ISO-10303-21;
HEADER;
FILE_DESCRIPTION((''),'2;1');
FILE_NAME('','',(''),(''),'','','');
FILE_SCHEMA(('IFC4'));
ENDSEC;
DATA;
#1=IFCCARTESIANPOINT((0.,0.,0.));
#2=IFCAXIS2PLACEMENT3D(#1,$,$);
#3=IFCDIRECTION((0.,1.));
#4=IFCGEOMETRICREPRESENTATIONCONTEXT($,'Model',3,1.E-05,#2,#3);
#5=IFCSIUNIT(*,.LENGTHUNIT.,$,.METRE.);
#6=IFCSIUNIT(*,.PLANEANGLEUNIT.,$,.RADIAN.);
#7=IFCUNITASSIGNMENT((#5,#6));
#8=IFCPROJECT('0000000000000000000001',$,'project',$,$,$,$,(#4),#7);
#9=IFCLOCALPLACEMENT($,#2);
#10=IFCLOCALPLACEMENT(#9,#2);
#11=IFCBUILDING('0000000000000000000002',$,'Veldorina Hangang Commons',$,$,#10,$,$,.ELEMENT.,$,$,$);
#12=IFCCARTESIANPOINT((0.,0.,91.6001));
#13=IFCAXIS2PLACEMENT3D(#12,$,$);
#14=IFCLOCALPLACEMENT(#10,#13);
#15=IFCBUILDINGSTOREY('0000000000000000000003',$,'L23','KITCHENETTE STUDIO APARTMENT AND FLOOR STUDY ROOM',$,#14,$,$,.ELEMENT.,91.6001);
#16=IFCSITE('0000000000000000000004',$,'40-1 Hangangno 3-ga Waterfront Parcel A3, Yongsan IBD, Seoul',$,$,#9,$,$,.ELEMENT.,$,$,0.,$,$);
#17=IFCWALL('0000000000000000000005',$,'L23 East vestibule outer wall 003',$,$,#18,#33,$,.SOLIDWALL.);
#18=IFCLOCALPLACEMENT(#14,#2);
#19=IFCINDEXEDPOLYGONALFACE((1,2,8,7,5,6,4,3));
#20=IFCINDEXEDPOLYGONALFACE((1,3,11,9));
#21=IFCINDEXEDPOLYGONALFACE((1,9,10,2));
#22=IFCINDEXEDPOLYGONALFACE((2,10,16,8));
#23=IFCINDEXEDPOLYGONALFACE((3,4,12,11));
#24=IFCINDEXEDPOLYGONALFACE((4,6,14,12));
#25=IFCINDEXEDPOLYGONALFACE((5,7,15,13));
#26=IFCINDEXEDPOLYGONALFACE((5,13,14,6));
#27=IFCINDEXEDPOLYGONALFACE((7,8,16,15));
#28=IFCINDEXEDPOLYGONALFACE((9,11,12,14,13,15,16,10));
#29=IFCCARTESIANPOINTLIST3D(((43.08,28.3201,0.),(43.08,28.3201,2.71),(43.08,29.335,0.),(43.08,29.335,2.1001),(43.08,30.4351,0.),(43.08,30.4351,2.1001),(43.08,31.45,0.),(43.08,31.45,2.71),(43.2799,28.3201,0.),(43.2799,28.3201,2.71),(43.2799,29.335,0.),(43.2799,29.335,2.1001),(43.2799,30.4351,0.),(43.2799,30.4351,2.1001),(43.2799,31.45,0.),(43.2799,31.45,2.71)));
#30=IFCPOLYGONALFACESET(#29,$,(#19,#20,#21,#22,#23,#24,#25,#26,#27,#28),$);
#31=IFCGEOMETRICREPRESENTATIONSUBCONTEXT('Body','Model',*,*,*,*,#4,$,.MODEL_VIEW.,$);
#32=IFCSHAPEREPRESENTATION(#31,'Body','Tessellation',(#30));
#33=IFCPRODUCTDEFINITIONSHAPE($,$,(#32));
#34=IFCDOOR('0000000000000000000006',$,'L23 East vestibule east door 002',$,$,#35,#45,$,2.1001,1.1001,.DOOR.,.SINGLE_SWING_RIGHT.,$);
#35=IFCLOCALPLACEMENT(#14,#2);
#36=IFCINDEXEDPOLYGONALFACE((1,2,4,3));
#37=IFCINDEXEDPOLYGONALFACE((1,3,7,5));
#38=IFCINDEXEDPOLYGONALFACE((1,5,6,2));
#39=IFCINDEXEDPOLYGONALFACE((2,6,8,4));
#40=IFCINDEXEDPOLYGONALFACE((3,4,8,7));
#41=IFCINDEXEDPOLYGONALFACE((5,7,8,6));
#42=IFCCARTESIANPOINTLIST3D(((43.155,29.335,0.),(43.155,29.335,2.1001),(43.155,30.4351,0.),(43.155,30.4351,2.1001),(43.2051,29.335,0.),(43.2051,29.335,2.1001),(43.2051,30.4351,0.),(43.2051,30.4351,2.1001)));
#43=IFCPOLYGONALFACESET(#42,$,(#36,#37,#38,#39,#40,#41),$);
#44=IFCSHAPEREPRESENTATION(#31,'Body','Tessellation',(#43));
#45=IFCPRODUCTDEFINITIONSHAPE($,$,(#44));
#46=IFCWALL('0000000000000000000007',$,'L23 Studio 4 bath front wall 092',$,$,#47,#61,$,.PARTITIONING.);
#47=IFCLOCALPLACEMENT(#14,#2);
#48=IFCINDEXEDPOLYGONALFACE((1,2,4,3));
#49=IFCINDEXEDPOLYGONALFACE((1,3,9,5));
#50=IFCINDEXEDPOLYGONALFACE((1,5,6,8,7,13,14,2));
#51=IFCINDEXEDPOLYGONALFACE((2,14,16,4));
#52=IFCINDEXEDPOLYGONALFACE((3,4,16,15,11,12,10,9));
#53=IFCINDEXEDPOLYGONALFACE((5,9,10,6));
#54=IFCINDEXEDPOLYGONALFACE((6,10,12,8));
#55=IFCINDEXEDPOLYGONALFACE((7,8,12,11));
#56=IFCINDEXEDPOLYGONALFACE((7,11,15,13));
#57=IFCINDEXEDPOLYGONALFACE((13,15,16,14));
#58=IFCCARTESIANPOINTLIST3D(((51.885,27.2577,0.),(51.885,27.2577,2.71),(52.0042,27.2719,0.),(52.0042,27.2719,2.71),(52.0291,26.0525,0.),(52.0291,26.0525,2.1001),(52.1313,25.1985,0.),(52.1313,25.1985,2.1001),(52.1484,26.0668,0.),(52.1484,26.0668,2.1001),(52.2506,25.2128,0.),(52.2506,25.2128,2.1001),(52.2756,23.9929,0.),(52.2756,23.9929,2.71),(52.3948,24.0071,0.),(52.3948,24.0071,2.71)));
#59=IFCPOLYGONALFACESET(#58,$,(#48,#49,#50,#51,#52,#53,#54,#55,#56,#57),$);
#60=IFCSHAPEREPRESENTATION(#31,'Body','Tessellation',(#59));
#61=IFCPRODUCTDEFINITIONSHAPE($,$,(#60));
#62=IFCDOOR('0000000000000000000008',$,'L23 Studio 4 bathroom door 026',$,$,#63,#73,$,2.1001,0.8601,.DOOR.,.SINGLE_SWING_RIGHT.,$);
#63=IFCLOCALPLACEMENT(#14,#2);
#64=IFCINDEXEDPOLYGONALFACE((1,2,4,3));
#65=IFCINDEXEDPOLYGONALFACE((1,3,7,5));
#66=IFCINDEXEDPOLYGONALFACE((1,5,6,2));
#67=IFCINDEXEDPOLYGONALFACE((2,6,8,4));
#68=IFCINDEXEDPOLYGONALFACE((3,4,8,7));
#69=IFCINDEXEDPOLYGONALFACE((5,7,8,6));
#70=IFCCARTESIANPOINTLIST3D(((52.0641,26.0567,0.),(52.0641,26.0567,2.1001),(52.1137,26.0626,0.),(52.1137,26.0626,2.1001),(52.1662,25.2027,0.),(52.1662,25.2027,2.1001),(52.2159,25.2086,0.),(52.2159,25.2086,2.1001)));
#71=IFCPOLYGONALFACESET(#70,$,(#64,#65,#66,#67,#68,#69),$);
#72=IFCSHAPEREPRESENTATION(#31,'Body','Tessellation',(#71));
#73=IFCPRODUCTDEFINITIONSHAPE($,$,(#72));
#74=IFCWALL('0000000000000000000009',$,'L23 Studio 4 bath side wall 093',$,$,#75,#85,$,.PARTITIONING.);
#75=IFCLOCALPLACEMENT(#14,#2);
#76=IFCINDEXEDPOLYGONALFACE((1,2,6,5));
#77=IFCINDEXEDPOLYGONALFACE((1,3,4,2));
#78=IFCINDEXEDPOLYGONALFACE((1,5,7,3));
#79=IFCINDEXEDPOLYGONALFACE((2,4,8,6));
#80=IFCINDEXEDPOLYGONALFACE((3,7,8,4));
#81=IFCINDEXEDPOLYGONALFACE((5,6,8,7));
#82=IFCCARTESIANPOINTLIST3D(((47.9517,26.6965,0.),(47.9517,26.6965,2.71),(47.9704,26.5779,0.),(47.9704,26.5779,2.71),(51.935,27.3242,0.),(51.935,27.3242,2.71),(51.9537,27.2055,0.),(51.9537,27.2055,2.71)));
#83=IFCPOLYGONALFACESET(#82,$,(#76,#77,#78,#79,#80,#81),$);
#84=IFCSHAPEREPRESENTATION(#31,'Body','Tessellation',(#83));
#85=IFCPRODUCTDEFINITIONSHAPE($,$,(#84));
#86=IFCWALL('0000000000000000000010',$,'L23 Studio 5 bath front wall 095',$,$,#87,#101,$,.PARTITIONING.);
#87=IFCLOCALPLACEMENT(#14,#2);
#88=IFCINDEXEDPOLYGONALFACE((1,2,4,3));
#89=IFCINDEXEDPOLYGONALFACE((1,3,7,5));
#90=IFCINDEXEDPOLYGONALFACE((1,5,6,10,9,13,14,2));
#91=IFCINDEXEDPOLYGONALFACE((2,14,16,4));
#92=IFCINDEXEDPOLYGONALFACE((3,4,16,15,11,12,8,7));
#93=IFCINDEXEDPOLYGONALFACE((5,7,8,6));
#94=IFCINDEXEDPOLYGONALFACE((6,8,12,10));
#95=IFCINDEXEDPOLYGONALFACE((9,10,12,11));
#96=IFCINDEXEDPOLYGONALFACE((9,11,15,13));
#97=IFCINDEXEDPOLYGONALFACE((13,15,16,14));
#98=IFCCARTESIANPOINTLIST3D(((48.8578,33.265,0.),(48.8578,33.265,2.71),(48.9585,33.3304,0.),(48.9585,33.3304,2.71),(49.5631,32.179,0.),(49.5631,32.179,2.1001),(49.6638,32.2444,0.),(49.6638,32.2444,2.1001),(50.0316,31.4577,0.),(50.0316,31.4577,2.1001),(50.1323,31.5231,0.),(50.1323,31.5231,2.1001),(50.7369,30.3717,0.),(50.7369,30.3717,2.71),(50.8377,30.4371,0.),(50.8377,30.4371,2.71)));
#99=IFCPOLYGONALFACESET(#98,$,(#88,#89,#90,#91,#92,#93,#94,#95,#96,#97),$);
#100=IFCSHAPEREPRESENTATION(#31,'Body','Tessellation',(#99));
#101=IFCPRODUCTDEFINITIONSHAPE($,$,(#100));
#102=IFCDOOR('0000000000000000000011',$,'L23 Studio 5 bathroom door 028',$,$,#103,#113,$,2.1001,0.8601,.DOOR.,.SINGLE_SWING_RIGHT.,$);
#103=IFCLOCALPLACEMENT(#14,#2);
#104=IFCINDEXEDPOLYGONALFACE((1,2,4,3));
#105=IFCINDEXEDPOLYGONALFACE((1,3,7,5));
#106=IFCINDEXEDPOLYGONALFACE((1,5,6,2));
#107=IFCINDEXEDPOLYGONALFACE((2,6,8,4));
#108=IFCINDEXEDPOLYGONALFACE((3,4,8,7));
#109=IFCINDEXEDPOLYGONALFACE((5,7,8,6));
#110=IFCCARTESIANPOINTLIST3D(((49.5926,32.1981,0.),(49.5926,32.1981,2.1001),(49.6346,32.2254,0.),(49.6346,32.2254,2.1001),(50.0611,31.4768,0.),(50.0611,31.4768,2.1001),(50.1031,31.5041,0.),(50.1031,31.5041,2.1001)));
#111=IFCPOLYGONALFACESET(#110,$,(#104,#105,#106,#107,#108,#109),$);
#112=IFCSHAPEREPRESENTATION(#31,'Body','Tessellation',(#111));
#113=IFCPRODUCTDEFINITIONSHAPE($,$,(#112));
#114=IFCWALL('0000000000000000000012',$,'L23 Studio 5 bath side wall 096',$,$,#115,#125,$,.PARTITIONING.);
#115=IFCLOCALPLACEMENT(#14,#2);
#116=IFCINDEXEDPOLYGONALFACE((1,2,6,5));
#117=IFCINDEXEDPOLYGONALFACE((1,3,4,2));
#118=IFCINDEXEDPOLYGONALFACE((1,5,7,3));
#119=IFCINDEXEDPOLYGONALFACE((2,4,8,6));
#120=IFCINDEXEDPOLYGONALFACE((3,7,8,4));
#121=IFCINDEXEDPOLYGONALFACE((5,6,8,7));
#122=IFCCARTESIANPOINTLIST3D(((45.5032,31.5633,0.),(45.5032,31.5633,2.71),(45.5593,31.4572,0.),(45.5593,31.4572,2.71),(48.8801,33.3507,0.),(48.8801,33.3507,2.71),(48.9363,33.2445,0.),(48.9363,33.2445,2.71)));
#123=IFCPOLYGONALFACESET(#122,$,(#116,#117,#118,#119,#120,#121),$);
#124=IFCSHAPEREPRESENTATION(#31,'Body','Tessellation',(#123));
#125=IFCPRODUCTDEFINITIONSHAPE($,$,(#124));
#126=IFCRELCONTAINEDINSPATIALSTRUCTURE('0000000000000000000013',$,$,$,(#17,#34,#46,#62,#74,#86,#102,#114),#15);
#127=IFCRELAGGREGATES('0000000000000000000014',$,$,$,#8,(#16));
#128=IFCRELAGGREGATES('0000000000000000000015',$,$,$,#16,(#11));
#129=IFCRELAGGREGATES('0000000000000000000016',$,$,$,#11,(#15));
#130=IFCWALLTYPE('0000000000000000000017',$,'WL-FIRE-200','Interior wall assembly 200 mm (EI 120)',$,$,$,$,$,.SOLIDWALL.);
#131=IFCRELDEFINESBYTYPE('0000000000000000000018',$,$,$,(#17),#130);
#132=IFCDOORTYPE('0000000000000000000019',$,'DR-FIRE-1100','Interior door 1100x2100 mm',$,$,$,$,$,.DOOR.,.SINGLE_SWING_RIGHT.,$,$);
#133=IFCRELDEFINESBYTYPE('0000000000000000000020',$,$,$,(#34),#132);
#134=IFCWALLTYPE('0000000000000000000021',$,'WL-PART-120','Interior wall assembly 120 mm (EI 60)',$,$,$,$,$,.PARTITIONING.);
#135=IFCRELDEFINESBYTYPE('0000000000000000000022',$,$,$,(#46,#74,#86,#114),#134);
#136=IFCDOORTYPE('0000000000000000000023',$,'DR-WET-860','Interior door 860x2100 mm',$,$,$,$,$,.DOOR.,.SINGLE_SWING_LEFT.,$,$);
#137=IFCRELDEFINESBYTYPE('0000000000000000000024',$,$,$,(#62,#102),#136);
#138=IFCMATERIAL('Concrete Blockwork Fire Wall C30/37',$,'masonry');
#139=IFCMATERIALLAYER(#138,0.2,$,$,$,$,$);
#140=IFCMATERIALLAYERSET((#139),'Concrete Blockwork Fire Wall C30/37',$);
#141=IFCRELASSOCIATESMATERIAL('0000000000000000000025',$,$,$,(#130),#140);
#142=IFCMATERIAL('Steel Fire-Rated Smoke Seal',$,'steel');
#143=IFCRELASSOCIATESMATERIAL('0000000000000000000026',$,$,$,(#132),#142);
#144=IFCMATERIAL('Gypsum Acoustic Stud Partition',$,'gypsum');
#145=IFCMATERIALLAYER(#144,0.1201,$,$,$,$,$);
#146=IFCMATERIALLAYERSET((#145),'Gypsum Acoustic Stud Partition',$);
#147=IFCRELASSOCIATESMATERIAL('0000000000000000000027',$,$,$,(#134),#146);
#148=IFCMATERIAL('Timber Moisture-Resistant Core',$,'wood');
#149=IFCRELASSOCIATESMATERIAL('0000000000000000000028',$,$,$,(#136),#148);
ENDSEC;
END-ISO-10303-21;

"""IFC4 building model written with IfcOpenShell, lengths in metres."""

from ifc_helpers import new_model, si_unit, direction, frame, frame_2d, origin, place, context, subcontext, project, spatial, rectangle, extrude, material, layer, layer_set, type_object, element, fill, save


model = new_model("IFC4")

# Units and contexts
model_context = context("Model", 3, precision=1e-05, world=origin(), true_north=direction((0.0, 1.0)))
body_context = subcontext(model_context, "Body", "Model", "MODEL_VIEW")
ifc_project = project(units=[si_unit("LENGTHUNIT", "METRE"), si_unit("PLANEANGLEUNIT", "RADIAN")], contexts=[model_context])

# Site, building, storey
site_placement = place(None, origin())
site = spatial("IfcSite", under=ifc_project, at=site_placement, Name="40-1 Hangangno 3-ga Waterfront Parcel A3, Yongsan IBD, Seoul", CompositionType="ELEMENT", RefElevation=0.0)
building_placement = place(site_placement, origin())
building = spatial("IfcBuilding", under=site, at=building_placement, Name="Veldorina Hangang Commons", CompositionType="ELEMENT")
storey_placement = place(building_placement, frame((0.0, 0.0, 91.6001)))
storey = spatial("IfcBuildingStorey", under=building, at=storey_placement, Name="L23", Description="KITCHENETTE STUDIO APARTMENT AND FLOOR STUDY ROOM", CompositionType="ELEMENT", Elevation=91.6001)

# Walls, openings, doors
ifc_material_1 = material(Name="Concrete Blockwork Fire Wall C30/37", Category="masonry")
ifc_layer_1 = layer(ifc_material_1, 0.2)
ifc_layer_set_1 = layer_set([ifc_layer_1], Name="Concrete Blockwork Fire Wall C30/37")
wall_type_1 = type_object("IfcWallType", Name="WL-FIRE-200", Description="Interior wall assembly 200 mm (EI 120)", PredefinedType="SOLIDWALL", material=ifc_layer_set_1)
wall_1_placement = place(storey_placement, frame((43.1799, 28.3201, 0.0), z_axis=(0.0, 0.0, 1.0), x_axis=(0.0, 1.0, 0.0)))
wall_1 = element("IfcWall", 1, at=wall_1_placement, inside=storey, type_object=wall_type_1, Name="L23 East vestibule outer wall 003", PredefinedType="SOLIDWALL", context=body_context, shape_type="SweptSolid", body=[
    extrude(rectangle(XDim=3.1299, YDim=0.2, at=frame_2d((1.5649, 0.0))), origin(), (0.0, 0.0, 1.0), 2.71),
])
opening_1_placement = place(wall_1_placement, frame((1.0149, 0.0, 0.0)))
opening_1 = element("IfcOpeningElement", 2, at=opening_1_placement, cuts=wall_1, PredefinedType="OPENING", context=body_context, shape_type="SweptSolid", body=[
    extrude(rectangle(XDim=1.1001, YDim=2.1001, at=frame_2d((0.55, 1.05))), frame((0.0, 0.1099, 0.0), z_axis=(0.0, -1.0, 0.0), x_axis=(1.0, 0.0, 0.0)), (0.0, 0.0, 1.0), 0.22),
])
ifc_material_2 = material(Name="Steel Fire-Rated Smoke Seal", Category="steel")
door_type_1 = type_object("IfcDoorType", Name="DR-FIRE-1100", Description="Interior door 1100x2100 mm", OperationType="SINGLE_SWING_RIGHT", PredefinedType="DOOR", material=ifc_material_2)
door_1_placement = place(opening_1_placement, origin())
door_1 = element("IfcDoor", 3, at=door_1_placement, inside=storey, type_object=door_type_1, Name="L23 East vestibule east door 002", OperationType="SINGLE_SWING_RIGHT", OverallHeight=2.1001, OverallWidth=1.1001, PredefinedType="DOOR", context=body_context, shape_type="SweptSolid", body=[
    extrude(rectangle(XDim=1.1001, YDim=2.1001, at=frame_2d((0.55, 1.05))), frame((0.0, 0.0249, 0.0), z_axis=(0.0, -1.0, 0.0), x_axis=(1.0, 0.0, 0.0)), (0.0, 0.0, 1.0), 0.05),
])
fill(opening_1, door_1)
ifc_material_3 = material(Name="Gypsum Acoustic Stud Partition", Category="gypsum")
ifc_layer_2 = layer(ifc_material_3, 0.1201)
ifc_layer_set_2 = layer_set([ifc_layer_2], Name="Gypsum Acoustic Stud Partition")
wall_type_2 = type_object("IfcWallType", Name="WL-PART-120", Description="Interior wall assembly 120 mm (EI 60)", PredefinedType="PARTITIONING", material=ifc_layer_set_2)
wall_2_placement = place(storey_placement, frame((52.3352, 24.0, 0.0), z_axis=(0.0, 0.0, 1.0), x_axis=(-0.118797, 0.992919, 0.0)))
wall_2 = element("IfcWall", 4, at=wall_2_placement, inside=storey, type_object=wall_type_2, Name="L23 Studio 4 bath front wall 092", PredefinedType="PARTITIONING", context=body_context, shape_type="SweptSolid", body=[
    extrude(rectangle(XDim=3.2881, YDim=0.1201, at=frame_2d((1.644, 0.0))), origin(), (0.0, 0.0, 1.0), 2.71),
])
opening_2_placement = place(wall_2_placement, frame((1.2141, 0.0, 0.0)))
opening_2 = element("IfcOpeningElement", 5, at=opening_2_placement, cuts=wall_2, PredefinedType="OPENING", context=body_context, shape_type="SweptSolid", body=[
    extrude(rectangle(XDim=0.8601, YDim=2.1001, at=frame_2d((0.4302, 1.05))), frame((0.0, 0.0701, 0.0), z_axis=(0.0, -1.0, 0.0), x_axis=(1.0, 0.0, 0.0)), (0.0, 0.0, 1.0), 0.1401),
])
ifc_material_4 = material(Name="Timber Moisture-Resistant Core", Category="wood")
door_type_2 = type_object("IfcDoorType", Name="DR-WET-860", Description="Interior door 860x2100 mm", OperationType="SINGLE_SWING_LEFT", PredefinedType="DOOR", material=ifc_material_4)
door_2_placement = place(opening_2_placement, origin())
door_2 = element("IfcDoor", 6, at=door_2_placement, inside=storey, type_object=door_type_2, Name="L23 Studio 4 bathroom door 026", OperationType="SINGLE_SWING_RIGHT", OverallHeight=2.1001, OverallWidth=0.8601, PredefinedType="DOOR", context=body_context, shape_type="SweptSolid", body=[
    extrude(rectangle(XDim=0.8601, YDim=2.1001, at=frame_2d((0.4302, 1.05))), frame((0.0, 0.0249, 0.0), z_axis=(0.0, -1.0, 0.0), x_axis=(1.0, 0.0, 0.0)), (0.0, 0.0, 1.0), 0.05),
])
fill(opening_2, door_2)

# Wall
wall_3_placement = place(storey_placement, frame((47.9612, 26.6372, 0.0), z_axis=(0.0, 0.0, 1.0), x_axis=(0.987812, 0.155655, 0.0)))
element("IfcWall", 7, at=wall_3_placement, inside=storey, type_object=wall_type_2, Name="L23 Studio 4 bath side wall 093", PredefinedType="PARTITIONING", context=body_context, shape_type="SweptSolid", body=[
    extrude(rectangle(XDim=4.0325, YDim=0.1201, at=frame_2d((2.0161, 0.0))), origin(), (0.0, 0.0, 1.0), 2.71),
])

# Wall, opening, door
wall_4_placement = place(storey_placement, frame((50.7874, 30.4043, 0.0), z_axis=(0.0, 0.0, 1.0), x_axis=(-0.544682, 0.838642, 0.0)))
wall_4 = element("IfcWall", 8, at=wall_4_placement, inside=storey, type_object=wall_type_2, Name="L23 Studio 5 bath front wall 095", PredefinedType="PARTITIONING", context=body_context, shape_type="SweptSolid", body=[
    extrude(rectangle(XDim=3.45, YDim=0.1201, at=frame_2d((1.7251, 0.0))), origin(), (0.0, 0.0, 1.0), 2.71),
])
opening_3_placement = place(wall_4_placement, frame((1.2949, 0.0, 0.0)))
opening_3 = element("IfcOpeningElement", 9, at=opening_3_placement, cuts=wall_4, PredefinedType="OPENING", context=body_context, shape_type="SweptSolid", body=[
    extrude(rectangle(XDim=0.8601, YDim=2.1001, at=frame_2d((0.4302, 1.05))), frame((0.0, 0.0701, 0.0), z_axis=(0.0, -1.0, 0.0), x_axis=(1.0, 0.0, 0.0)), (0.0, 0.0, 1.0), 0.1401),
])
door_3_placement = place(opening_3_placement, origin())
door_3 = element("IfcDoor", 10, at=door_3_placement, inside=storey, type_object=door_type_2, Name="L23 Studio 5 bathroom door 028", OperationType="SINGLE_SWING_RIGHT", OverallHeight=2.1001, OverallWidth=0.8601, PredefinedType="DOOR", context=body_context, shape_type="SweptSolid", body=[
    extrude(rectangle(XDim=0.8601, YDim=2.1001, at=frame_2d((0.4302, 1.05))), frame((0.0, 0.0249, 0.0), z_axis=(0.0, -1.0, 0.0), x_axis=(1.0, 0.0, 0.0)), (0.0, 0.0, 1.0), 0.05),
])
fill(opening_3, door_3)

# Wall
wall_5_placement = place(storey_placement, frame((45.5312, 31.5103, 0.0), z_axis=(0.0, 0.0, 1.0), x_axis=(0.883836, 0.467797, 0.0)))
element("IfcWall", 11, at=wall_5_placement, inside=storey, type_object=wall_type_2, Name="L23 Studio 5 bath side wall 096", PredefinedType="PARTITIONING", context=body_context, shape_type="SweptSolid", body=[
    extrude(rectangle(XDim=3.8208, YDim=0.1201, at=frame_2d((1.9104, 0.0))), origin(), (0.0, 0.0, 1.0), 2.71),
])

save(model, "model.ifc")
